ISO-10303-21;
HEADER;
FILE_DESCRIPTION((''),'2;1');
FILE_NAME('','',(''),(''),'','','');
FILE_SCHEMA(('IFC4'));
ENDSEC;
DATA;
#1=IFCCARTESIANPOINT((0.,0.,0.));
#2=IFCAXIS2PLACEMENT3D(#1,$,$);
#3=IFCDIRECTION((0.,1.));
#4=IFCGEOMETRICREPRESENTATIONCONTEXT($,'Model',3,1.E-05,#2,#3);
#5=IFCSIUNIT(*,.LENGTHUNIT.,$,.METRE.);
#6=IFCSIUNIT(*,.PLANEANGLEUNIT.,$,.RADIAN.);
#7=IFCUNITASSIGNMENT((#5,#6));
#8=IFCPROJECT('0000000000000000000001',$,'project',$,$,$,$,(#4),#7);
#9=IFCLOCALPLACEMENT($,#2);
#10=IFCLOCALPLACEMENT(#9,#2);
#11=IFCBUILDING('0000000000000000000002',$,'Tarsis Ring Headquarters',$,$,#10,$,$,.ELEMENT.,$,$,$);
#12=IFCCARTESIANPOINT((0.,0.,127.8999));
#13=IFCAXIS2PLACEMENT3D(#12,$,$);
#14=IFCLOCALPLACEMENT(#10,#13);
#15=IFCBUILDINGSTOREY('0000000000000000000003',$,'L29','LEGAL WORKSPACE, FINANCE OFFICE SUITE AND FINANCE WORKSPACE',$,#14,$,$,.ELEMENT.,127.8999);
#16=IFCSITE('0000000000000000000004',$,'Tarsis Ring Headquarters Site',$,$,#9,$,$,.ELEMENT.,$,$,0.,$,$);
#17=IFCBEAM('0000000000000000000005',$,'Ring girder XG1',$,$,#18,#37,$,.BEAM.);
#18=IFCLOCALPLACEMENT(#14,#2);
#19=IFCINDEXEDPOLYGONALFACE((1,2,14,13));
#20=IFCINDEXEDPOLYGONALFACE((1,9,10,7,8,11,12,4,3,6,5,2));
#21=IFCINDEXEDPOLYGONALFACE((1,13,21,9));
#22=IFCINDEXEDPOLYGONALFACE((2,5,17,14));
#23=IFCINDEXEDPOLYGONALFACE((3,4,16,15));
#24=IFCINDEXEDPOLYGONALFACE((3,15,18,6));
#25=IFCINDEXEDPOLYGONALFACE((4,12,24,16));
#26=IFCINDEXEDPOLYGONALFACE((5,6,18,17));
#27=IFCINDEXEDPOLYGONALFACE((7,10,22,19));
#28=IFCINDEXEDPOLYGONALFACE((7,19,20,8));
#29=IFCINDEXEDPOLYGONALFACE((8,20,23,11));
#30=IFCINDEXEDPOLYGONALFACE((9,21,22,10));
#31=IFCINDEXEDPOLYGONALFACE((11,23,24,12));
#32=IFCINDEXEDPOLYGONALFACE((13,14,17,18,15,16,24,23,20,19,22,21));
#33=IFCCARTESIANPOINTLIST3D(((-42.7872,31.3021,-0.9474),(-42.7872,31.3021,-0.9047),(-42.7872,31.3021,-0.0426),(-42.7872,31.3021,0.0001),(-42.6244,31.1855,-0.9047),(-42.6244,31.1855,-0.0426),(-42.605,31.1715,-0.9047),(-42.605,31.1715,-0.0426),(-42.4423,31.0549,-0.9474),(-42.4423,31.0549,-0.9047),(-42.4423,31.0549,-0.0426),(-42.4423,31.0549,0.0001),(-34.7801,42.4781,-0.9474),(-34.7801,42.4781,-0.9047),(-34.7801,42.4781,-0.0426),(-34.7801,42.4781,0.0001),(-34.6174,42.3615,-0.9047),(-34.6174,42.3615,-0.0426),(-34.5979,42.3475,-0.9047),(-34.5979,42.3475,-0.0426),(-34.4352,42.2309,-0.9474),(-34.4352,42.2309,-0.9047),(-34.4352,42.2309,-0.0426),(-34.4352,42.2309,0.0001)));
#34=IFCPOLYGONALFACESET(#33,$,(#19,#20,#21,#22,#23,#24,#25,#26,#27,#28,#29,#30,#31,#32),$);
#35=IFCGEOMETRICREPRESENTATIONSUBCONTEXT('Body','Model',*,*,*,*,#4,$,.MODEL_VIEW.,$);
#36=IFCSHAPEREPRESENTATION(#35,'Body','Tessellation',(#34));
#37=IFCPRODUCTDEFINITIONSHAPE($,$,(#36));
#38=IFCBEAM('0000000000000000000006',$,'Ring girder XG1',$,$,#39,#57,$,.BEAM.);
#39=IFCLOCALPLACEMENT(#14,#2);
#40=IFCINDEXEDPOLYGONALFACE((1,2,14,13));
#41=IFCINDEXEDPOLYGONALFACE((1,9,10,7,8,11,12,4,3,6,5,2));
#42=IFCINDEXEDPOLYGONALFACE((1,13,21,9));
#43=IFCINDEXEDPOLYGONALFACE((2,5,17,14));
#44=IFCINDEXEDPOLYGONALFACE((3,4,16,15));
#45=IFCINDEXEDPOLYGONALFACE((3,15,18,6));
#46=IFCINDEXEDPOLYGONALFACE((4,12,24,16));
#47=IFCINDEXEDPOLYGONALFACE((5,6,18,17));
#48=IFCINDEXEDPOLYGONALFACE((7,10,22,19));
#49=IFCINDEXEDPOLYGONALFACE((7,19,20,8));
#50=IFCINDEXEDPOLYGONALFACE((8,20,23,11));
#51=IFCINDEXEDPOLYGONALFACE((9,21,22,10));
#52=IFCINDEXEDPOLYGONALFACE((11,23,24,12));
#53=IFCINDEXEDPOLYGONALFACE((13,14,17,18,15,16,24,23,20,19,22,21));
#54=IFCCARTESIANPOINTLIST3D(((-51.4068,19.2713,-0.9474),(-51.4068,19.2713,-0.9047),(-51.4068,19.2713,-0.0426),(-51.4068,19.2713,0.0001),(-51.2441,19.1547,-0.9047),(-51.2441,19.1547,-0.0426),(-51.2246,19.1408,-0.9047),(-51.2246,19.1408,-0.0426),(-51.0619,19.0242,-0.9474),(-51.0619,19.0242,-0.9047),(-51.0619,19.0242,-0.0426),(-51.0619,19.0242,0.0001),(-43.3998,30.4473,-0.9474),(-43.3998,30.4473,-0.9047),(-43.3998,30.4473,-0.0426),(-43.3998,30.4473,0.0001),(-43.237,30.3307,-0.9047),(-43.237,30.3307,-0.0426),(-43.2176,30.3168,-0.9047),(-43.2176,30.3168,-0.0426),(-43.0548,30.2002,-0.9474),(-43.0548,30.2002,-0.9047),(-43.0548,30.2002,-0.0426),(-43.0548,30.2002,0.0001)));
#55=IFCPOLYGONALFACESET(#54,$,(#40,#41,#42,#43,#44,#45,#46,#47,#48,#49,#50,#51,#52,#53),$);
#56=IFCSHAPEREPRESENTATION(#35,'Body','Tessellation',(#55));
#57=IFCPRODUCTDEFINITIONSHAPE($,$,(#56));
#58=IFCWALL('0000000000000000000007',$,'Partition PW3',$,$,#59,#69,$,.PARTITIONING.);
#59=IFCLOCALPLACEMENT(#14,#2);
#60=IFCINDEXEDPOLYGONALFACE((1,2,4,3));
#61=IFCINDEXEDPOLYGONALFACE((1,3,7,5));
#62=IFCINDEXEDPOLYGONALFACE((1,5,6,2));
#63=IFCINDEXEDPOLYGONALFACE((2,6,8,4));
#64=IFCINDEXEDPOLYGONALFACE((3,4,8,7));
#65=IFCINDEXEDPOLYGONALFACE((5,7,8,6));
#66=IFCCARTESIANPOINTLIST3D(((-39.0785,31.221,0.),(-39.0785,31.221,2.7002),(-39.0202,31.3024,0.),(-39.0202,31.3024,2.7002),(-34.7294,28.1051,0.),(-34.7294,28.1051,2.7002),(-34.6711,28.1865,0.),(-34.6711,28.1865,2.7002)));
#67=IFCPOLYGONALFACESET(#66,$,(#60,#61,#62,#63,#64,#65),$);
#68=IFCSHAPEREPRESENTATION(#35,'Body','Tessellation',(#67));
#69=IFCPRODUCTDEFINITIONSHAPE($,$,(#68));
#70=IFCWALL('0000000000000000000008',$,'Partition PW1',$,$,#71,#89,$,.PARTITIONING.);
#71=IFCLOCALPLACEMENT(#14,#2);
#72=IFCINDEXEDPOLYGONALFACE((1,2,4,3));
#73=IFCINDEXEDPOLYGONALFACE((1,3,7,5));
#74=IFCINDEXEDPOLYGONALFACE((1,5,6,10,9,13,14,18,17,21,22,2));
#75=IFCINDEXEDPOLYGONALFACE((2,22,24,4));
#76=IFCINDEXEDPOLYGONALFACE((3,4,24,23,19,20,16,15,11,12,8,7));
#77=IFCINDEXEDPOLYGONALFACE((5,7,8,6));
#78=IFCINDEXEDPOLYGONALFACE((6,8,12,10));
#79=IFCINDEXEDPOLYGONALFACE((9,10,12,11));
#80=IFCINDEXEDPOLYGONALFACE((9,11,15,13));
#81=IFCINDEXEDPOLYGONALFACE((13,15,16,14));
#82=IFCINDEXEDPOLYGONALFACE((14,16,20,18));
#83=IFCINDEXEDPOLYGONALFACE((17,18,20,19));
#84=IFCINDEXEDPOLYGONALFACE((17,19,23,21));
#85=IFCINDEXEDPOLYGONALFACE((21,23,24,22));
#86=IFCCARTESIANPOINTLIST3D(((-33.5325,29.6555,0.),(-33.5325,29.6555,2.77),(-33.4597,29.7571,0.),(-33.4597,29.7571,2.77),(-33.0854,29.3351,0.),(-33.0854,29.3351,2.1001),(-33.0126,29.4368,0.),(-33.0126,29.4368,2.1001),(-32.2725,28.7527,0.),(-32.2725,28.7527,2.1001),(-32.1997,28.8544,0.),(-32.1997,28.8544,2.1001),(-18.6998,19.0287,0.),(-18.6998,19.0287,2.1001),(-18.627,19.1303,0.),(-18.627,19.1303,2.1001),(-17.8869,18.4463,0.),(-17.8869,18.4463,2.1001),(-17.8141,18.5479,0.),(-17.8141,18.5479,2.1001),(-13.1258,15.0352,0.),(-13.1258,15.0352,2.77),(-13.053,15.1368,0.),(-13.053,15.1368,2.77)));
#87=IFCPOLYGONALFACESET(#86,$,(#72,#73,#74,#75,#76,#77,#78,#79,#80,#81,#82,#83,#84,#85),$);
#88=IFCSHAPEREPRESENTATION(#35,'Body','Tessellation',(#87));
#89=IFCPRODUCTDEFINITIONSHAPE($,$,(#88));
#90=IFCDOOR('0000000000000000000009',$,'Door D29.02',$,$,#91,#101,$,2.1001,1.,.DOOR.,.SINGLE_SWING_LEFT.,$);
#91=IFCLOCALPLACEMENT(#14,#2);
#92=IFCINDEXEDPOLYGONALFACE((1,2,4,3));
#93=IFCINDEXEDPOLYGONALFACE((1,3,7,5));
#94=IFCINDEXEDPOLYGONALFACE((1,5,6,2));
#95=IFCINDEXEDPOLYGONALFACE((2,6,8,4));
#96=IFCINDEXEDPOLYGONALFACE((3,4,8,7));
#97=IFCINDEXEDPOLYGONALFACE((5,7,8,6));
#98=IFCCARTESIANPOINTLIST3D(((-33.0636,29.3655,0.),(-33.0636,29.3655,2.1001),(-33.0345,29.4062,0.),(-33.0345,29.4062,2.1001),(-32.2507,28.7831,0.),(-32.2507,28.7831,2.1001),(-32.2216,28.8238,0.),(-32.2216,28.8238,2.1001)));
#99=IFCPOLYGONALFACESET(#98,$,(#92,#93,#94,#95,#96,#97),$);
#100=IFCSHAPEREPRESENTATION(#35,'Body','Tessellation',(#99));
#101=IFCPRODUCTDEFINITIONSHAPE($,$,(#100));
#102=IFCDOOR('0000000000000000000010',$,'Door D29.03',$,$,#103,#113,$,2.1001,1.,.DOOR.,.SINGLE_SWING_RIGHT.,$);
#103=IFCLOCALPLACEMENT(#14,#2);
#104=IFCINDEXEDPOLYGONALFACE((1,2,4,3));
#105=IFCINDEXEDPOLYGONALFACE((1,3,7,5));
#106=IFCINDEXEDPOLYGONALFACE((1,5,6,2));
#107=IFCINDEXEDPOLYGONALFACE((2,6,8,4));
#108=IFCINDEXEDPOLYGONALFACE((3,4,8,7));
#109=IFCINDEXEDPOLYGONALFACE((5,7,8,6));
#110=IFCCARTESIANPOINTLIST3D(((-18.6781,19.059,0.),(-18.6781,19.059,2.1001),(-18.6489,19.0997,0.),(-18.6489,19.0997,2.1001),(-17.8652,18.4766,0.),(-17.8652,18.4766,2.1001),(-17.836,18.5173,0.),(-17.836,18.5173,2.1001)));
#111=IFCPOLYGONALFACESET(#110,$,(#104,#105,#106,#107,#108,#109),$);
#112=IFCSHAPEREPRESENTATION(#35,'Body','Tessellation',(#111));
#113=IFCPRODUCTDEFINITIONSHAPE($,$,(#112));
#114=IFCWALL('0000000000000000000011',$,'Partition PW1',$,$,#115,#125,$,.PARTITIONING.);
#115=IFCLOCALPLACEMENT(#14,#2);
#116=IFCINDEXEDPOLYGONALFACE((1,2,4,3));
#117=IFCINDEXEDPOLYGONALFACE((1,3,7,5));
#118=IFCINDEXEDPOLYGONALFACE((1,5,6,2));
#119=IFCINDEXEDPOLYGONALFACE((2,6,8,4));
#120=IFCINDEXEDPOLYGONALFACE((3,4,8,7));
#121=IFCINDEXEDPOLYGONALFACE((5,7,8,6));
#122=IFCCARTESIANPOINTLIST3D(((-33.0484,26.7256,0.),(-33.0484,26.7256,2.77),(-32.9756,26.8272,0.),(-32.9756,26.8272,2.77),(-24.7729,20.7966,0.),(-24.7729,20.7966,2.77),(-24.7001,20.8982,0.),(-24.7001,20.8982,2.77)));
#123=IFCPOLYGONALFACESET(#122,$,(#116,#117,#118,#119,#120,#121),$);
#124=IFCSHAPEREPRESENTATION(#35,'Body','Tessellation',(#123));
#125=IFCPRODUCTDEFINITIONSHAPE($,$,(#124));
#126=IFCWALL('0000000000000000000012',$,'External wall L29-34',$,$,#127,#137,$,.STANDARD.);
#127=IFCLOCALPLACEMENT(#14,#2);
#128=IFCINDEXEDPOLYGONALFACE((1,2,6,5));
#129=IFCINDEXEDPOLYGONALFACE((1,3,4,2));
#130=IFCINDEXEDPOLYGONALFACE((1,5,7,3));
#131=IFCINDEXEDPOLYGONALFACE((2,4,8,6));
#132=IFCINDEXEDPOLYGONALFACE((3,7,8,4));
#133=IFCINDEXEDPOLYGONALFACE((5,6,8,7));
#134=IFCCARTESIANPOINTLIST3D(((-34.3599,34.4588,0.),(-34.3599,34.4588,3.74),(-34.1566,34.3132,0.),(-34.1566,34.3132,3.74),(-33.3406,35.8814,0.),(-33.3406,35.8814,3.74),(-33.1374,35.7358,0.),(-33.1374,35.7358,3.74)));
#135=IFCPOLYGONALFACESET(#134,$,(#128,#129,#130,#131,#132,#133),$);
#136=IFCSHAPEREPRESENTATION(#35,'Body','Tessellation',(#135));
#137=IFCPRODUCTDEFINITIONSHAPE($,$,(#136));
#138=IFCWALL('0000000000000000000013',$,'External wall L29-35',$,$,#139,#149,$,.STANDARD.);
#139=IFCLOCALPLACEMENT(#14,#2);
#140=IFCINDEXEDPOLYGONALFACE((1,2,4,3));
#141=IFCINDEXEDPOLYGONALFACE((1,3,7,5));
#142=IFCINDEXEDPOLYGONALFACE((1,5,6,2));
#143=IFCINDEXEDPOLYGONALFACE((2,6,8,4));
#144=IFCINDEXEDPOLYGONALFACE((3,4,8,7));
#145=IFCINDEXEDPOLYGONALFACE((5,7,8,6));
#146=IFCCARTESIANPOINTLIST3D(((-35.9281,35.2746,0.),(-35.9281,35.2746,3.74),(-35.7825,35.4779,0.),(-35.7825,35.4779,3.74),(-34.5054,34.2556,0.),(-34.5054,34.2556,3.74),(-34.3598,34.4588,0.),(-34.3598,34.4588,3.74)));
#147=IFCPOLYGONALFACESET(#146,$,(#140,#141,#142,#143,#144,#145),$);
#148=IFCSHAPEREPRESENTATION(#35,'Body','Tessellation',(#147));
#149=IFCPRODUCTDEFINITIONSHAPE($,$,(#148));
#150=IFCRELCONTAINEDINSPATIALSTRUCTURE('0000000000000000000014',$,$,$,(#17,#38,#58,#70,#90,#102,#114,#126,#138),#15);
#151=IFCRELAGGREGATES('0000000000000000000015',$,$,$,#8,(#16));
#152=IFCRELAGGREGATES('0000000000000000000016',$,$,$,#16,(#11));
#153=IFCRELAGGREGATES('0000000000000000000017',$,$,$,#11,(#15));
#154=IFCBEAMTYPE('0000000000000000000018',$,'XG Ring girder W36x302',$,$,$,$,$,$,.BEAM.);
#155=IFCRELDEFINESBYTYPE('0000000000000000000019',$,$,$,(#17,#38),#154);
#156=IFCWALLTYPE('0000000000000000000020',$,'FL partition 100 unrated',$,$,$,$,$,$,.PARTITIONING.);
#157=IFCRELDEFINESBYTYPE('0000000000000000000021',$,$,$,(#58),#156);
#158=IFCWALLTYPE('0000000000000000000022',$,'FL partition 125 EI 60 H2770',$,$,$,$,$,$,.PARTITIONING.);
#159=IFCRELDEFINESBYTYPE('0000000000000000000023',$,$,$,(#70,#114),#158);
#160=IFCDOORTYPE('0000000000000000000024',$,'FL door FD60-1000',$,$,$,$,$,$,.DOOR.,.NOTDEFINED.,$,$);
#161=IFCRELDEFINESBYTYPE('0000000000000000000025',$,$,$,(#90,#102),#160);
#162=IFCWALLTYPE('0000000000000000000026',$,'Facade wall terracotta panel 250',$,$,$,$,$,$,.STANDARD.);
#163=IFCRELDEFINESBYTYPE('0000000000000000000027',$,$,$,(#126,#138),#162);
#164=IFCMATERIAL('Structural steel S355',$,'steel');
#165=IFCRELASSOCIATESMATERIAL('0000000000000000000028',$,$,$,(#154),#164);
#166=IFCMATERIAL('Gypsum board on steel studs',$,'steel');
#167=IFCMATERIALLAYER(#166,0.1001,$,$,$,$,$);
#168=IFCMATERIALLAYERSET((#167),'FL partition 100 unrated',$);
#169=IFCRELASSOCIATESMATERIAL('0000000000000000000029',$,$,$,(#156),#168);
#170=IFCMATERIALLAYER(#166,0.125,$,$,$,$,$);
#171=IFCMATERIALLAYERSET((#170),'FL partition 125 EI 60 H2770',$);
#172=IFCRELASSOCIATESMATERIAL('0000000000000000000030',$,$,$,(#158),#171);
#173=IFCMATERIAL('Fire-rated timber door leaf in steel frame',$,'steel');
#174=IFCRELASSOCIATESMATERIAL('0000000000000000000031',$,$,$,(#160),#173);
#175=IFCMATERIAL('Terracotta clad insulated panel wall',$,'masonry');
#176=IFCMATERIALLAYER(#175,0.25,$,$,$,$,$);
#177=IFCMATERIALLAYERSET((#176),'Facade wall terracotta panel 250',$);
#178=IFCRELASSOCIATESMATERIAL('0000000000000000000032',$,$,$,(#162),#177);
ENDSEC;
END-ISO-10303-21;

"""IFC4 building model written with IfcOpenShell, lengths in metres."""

from ifc_helpers import new_model, si_unit, direction, frame, frame_2d, origin, origin_2d, place, context, subcontext, project, spatial, rectangle, i_section, extrude, material, layer, layer_set, material_profile, profile_set, type_object, element, fill, save


model = new_model("IFC4")

# Units and contexts
model_context = context("Model", 3, precision=1e-05, world=origin(), true_north=direction((0.0, 1.0)))
body_context = subcontext(model_context, "Body", "Model", "MODEL_VIEW")
ifc_project = project(units=[si_unit("LENGTHUNIT", "METRE"), si_unit("PLANEANGLEUNIT", "RADIAN")], contexts=[model_context])

# Site, building, storey
site_placement = place(None, origin())
site = spatial("IfcSite", under=ifc_project, at=site_placement, Name="Tarsis Ring Headquarters Site", CompositionType="ELEMENT", RefElevation=0.0)
building_placement = place(site_placement, origin())
building = spatial("IfcBuilding", under=site, at=building_placement, Name="Tarsis Ring Headquarters", CompositionType="ELEMENT")
storey_placement = place(building_placement, frame((0.0, 0.0, 127.8999)))
storey = spatial("IfcBuildingStorey", under=building, at=storey_placement, Name="L29", Description="LEGAL WORKSPACE, FINANCE OFFICE SUITE AND FINANCE WORKSPACE", CompositionType="ELEMENT", Elevation=127.8999)

# Shared definitions
ifc_material_1 = material(Name="Structural steel S355", Category="steel")

# Beams
ifc_material_profile_1 = material_profile(ifc_material_1, i_section(OverallWidth=0.4243, OverallDepth=0.9475, WebThickness=0.0239, FlangeThickness=0.0427, at=origin_2d()), Name="W36x302")
ifc_profile_set_1 = profile_set([ifc_material_profile_1], Name="Structural steel S355")
beam_type = type_object("IfcBeamType", Name="XG Ring girder W36x302", PredefinedType="BEAM", material=ifc_profile_set_1)
for number, where, z_axis, x_axis, name in (
    (1, (-34.6077, 42.3545, -0.4736), (-0.582403, -0.8129, 0.0), (0.8129, -0.582403, 0.0), "Ring girder XG1"),
    (2, (-43.2273, 30.3237, -0.4736), (-0.582403, -0.8129, 0.0), (0.8129, -0.582403, 0.0), "Ring girder XG1"),
):
    element("IfcBeam", number, at=place(storey_placement, frame(where, z_axis=z_axis, x_axis=x_axis)), inside=storey, type_object=beam_type, Name=name, PredefinedType="BEAM", context=body_context, shape_type="SweptSolid", body=[
        extrude(i_section(OverallWidth=0.4243, OverallDepth=0.9475, WebThickness=0.0239, FlangeThickness=0.0427, at=origin_2d()), origin(), (0.0, 0.0, 1.0), 13.7483),
    ])

# Wall
ifc_material_2 = material(Name="Gypsum board on steel studs", Category="steel")
ifc_layer_1 = layer(ifc_material_2, 0.1001)
ifc_layer_set_1 = layer_set([ifc_layer_1], Name="FL partition 100 unrated")
wall_type_1 = type_object("IfcWallType", Name="FL partition 100 unrated", PredefinedType="PARTITIONING", material=ifc_layer_set_1)
wall_1_placement = place(storey_placement, frame((-39.0493, 31.2617, 0.0), z_axis=(0.0, 0.0, 1.0), x_axis=(0.812897, -0.582407, 0.0)))
element("IfcWall", 3, at=wall_1_placement, inside=storey, type_object=wall_type_1, Name="Partition PW3", PredefinedType="PARTITIONING", context=body_context, shape_type="SweptSolid", body=[
    extrude(rectangle(XDim=5.3501, YDim=0.1001, at=frame_2d((2.675, 0.0))), origin(), (0.0, 0.0, 1.0), 2.7002),
])

# Wall, openings, doors
ifc_layer_2 = layer(ifc_material_2, 0.125)
ifc_layer_set_2 = layer_set([ifc_layer_2], Name="FL partition 125 EI 60 H2770")
wall_type_2 = type_object("IfcWallType", Name="FL partition 125 EI 60 H2770", PredefinedType="PARTITIONING", material=ifc_layer_set_2)
wall_2_placement = place(storey_placement, frame((-33.4961, 29.7063, 0.0), z_axis=(0.0, 0.0, 1.0), x_axis=(0.812901, -0.582401, 0.0)))
wall_2 = element("IfcWall", 4, at=wall_2_placement, inside=storey, type_object=wall_type_2, Name="Partition PW1", PredefinedType="PARTITIONING", context=body_context, shape_type="SweptSolid", body=[
    extrude(rectangle(XDim=25.1035, YDim=0.125, at=frame_2d((12.5518, 0.0))), origin(), (0.0, 0.0, 1.0), 2.77),
])
opening_1_placement = place(wall_2_placement, frame((0.55, 0.0, 0.0)))
opening_1 = element("IfcOpeningElement", 5, at=opening_1_placement, cuts=wall_2, PredefinedType="OPENING", context=body_context, shape_type="SweptSolid", body=[
    extrude(rectangle(XDim=1.0, YDim=2.1001, at=frame_2d((0.5, 1.05))), frame((0.0, 0.0725, 0.0), z_axis=(0.0, -1.0, 0.0), x_axis=(1.0, 0.0, 0.0)), (0.0, 0.0, 1.0), 0.145),
])
opening_2_placement = place(wall_2_placement, frame((18.2466, 0.0, 0.0)))
opening_2 = element("IfcOpeningElement", 6, at=opening_2_placement, cuts=wall_2, PredefinedType="OPENING", context=body_context, shape_type="SweptSolid", body=[
    extrude(rectangle(XDim=1.0, YDim=2.1001, at=frame_2d((0.5, 1.05))), frame((0.0, 0.0725, 0.0), z_axis=(0.0, -1.0, 0.0), x_axis=(1.0, 0.0, 0.0)), (0.0, 0.0, 1.0), 0.145),
])
ifc_material_3 = material(Name="Fire-rated timber door leaf in steel frame", Category="steel")
door_type = type_object("IfcDoorType", Name="FL door FD60-1000", OperationType="NOTDEFINED", PredefinedType="DOOR", material=ifc_material_3)
door_1_placement = place(opening_1_placement, origin())
door_1 = element("IfcDoor", 7, at=door_1_placement, inside=storey, type_object=door_type, Name="Door D29.02", OperationType="SINGLE_SWING_LEFT", OverallHeight=2.1001, OverallWidth=1.0, PredefinedType="DOOR", context=body_context, shape_type="SweptSolid", body=[
    extrude(rectangle(XDim=1.0, YDim=2.1001, at=frame_2d((0.5, 1.05))), frame((0.0, 0.0249, 0.0), z_axis=(0.0, -1.0, 0.0), x_axis=(1.0, 0.0, 0.0)), (0.0, 0.0, 1.0), 0.05),
])
fill(opening_1, door_1)
door_2_placement = place(opening_2_placement, origin())
door_2 = element("IfcDoor", 8, at=door_2_placement, inside=storey, type_object=door_type, Name="Door D29.03", OperationType="SINGLE_SWING_RIGHT", OverallHeight=2.1001, OverallWidth=1.0, PredefinedType="DOOR", context=body_context, shape_type="SweptSolid", body=[
    extrude(rectangle(XDim=1.0, YDim=2.1001, at=frame_2d((0.5, 1.05))), frame((0.0, 0.0249, 0.0), z_axis=(0.0, -1.0, 0.0), x_axis=(1.0, 0.0, 0.0)), (0.0, 0.0, 1.0), 0.05),
])
fill(opening_2, door_2)

# Walls
wall_3_placement = place(storey_placement, frame((-33.012, 26.7764, 0.0), z_axis=(0.0, 0.0, 1.0), x_axis=(0.812898, -0.582406, 0.0)))
element("IfcWall", 9, at=wall_3_placement, inside=storey, type_object=wall_type_2, Name="Partition PW1", PredefinedType="PARTITIONING", context=body_context, shape_type="SweptSolid", body=[
    extrude(rectangle(XDim=10.1802, YDim=0.125, at=frame_2d((5.0901, 0.0))), origin(), (0.0, 0.0, 1.0), 2.77),
])
ifc_material_4 = material(Name="Terracotta clad insulated panel wall", Category="masonry")
ifc_layer_3 = layer(ifc_material_4, 0.25)
ifc_layer_set_3 = layer_set([ifc_layer_3], Name="Facade wall terracotta panel 250")
wall_type_3 = type_object("IfcWallType", Name="Facade wall terracotta panel 250", PredefinedType="STANDARD", material=ifc_layer_set_3)
for number, where, z_axis, x_axis, name in (
    (10, (-33.239, 35.8086, 0.0), (0.0, 0.0, 1.0), (-0.582425, -0.812884, 0.0), "External wall L29-34"),
    (11, (-34.4326, 34.3572, 0.0), (0.0, 0.0, 1.0), (-0.81295, 0.582333, 0.0), "External wall L29-35"),
):
    element("IfcWall", number, at=place(storey_placement, frame(where, z_axis=z_axis, x_axis=x_axis)), inside=storey, type_object=wall_type_3, Name=name, PredefinedType="STANDARD", context=body_context, shape_type="SweptSolid", body=[
        extrude(rectangle(XDim=1.75, YDim=0.25, at=frame_2d((0.875, 0.0))), origin(), (0.0, 0.0, 1.0), 3.74),
    ])

save(model, "model.ifc")
